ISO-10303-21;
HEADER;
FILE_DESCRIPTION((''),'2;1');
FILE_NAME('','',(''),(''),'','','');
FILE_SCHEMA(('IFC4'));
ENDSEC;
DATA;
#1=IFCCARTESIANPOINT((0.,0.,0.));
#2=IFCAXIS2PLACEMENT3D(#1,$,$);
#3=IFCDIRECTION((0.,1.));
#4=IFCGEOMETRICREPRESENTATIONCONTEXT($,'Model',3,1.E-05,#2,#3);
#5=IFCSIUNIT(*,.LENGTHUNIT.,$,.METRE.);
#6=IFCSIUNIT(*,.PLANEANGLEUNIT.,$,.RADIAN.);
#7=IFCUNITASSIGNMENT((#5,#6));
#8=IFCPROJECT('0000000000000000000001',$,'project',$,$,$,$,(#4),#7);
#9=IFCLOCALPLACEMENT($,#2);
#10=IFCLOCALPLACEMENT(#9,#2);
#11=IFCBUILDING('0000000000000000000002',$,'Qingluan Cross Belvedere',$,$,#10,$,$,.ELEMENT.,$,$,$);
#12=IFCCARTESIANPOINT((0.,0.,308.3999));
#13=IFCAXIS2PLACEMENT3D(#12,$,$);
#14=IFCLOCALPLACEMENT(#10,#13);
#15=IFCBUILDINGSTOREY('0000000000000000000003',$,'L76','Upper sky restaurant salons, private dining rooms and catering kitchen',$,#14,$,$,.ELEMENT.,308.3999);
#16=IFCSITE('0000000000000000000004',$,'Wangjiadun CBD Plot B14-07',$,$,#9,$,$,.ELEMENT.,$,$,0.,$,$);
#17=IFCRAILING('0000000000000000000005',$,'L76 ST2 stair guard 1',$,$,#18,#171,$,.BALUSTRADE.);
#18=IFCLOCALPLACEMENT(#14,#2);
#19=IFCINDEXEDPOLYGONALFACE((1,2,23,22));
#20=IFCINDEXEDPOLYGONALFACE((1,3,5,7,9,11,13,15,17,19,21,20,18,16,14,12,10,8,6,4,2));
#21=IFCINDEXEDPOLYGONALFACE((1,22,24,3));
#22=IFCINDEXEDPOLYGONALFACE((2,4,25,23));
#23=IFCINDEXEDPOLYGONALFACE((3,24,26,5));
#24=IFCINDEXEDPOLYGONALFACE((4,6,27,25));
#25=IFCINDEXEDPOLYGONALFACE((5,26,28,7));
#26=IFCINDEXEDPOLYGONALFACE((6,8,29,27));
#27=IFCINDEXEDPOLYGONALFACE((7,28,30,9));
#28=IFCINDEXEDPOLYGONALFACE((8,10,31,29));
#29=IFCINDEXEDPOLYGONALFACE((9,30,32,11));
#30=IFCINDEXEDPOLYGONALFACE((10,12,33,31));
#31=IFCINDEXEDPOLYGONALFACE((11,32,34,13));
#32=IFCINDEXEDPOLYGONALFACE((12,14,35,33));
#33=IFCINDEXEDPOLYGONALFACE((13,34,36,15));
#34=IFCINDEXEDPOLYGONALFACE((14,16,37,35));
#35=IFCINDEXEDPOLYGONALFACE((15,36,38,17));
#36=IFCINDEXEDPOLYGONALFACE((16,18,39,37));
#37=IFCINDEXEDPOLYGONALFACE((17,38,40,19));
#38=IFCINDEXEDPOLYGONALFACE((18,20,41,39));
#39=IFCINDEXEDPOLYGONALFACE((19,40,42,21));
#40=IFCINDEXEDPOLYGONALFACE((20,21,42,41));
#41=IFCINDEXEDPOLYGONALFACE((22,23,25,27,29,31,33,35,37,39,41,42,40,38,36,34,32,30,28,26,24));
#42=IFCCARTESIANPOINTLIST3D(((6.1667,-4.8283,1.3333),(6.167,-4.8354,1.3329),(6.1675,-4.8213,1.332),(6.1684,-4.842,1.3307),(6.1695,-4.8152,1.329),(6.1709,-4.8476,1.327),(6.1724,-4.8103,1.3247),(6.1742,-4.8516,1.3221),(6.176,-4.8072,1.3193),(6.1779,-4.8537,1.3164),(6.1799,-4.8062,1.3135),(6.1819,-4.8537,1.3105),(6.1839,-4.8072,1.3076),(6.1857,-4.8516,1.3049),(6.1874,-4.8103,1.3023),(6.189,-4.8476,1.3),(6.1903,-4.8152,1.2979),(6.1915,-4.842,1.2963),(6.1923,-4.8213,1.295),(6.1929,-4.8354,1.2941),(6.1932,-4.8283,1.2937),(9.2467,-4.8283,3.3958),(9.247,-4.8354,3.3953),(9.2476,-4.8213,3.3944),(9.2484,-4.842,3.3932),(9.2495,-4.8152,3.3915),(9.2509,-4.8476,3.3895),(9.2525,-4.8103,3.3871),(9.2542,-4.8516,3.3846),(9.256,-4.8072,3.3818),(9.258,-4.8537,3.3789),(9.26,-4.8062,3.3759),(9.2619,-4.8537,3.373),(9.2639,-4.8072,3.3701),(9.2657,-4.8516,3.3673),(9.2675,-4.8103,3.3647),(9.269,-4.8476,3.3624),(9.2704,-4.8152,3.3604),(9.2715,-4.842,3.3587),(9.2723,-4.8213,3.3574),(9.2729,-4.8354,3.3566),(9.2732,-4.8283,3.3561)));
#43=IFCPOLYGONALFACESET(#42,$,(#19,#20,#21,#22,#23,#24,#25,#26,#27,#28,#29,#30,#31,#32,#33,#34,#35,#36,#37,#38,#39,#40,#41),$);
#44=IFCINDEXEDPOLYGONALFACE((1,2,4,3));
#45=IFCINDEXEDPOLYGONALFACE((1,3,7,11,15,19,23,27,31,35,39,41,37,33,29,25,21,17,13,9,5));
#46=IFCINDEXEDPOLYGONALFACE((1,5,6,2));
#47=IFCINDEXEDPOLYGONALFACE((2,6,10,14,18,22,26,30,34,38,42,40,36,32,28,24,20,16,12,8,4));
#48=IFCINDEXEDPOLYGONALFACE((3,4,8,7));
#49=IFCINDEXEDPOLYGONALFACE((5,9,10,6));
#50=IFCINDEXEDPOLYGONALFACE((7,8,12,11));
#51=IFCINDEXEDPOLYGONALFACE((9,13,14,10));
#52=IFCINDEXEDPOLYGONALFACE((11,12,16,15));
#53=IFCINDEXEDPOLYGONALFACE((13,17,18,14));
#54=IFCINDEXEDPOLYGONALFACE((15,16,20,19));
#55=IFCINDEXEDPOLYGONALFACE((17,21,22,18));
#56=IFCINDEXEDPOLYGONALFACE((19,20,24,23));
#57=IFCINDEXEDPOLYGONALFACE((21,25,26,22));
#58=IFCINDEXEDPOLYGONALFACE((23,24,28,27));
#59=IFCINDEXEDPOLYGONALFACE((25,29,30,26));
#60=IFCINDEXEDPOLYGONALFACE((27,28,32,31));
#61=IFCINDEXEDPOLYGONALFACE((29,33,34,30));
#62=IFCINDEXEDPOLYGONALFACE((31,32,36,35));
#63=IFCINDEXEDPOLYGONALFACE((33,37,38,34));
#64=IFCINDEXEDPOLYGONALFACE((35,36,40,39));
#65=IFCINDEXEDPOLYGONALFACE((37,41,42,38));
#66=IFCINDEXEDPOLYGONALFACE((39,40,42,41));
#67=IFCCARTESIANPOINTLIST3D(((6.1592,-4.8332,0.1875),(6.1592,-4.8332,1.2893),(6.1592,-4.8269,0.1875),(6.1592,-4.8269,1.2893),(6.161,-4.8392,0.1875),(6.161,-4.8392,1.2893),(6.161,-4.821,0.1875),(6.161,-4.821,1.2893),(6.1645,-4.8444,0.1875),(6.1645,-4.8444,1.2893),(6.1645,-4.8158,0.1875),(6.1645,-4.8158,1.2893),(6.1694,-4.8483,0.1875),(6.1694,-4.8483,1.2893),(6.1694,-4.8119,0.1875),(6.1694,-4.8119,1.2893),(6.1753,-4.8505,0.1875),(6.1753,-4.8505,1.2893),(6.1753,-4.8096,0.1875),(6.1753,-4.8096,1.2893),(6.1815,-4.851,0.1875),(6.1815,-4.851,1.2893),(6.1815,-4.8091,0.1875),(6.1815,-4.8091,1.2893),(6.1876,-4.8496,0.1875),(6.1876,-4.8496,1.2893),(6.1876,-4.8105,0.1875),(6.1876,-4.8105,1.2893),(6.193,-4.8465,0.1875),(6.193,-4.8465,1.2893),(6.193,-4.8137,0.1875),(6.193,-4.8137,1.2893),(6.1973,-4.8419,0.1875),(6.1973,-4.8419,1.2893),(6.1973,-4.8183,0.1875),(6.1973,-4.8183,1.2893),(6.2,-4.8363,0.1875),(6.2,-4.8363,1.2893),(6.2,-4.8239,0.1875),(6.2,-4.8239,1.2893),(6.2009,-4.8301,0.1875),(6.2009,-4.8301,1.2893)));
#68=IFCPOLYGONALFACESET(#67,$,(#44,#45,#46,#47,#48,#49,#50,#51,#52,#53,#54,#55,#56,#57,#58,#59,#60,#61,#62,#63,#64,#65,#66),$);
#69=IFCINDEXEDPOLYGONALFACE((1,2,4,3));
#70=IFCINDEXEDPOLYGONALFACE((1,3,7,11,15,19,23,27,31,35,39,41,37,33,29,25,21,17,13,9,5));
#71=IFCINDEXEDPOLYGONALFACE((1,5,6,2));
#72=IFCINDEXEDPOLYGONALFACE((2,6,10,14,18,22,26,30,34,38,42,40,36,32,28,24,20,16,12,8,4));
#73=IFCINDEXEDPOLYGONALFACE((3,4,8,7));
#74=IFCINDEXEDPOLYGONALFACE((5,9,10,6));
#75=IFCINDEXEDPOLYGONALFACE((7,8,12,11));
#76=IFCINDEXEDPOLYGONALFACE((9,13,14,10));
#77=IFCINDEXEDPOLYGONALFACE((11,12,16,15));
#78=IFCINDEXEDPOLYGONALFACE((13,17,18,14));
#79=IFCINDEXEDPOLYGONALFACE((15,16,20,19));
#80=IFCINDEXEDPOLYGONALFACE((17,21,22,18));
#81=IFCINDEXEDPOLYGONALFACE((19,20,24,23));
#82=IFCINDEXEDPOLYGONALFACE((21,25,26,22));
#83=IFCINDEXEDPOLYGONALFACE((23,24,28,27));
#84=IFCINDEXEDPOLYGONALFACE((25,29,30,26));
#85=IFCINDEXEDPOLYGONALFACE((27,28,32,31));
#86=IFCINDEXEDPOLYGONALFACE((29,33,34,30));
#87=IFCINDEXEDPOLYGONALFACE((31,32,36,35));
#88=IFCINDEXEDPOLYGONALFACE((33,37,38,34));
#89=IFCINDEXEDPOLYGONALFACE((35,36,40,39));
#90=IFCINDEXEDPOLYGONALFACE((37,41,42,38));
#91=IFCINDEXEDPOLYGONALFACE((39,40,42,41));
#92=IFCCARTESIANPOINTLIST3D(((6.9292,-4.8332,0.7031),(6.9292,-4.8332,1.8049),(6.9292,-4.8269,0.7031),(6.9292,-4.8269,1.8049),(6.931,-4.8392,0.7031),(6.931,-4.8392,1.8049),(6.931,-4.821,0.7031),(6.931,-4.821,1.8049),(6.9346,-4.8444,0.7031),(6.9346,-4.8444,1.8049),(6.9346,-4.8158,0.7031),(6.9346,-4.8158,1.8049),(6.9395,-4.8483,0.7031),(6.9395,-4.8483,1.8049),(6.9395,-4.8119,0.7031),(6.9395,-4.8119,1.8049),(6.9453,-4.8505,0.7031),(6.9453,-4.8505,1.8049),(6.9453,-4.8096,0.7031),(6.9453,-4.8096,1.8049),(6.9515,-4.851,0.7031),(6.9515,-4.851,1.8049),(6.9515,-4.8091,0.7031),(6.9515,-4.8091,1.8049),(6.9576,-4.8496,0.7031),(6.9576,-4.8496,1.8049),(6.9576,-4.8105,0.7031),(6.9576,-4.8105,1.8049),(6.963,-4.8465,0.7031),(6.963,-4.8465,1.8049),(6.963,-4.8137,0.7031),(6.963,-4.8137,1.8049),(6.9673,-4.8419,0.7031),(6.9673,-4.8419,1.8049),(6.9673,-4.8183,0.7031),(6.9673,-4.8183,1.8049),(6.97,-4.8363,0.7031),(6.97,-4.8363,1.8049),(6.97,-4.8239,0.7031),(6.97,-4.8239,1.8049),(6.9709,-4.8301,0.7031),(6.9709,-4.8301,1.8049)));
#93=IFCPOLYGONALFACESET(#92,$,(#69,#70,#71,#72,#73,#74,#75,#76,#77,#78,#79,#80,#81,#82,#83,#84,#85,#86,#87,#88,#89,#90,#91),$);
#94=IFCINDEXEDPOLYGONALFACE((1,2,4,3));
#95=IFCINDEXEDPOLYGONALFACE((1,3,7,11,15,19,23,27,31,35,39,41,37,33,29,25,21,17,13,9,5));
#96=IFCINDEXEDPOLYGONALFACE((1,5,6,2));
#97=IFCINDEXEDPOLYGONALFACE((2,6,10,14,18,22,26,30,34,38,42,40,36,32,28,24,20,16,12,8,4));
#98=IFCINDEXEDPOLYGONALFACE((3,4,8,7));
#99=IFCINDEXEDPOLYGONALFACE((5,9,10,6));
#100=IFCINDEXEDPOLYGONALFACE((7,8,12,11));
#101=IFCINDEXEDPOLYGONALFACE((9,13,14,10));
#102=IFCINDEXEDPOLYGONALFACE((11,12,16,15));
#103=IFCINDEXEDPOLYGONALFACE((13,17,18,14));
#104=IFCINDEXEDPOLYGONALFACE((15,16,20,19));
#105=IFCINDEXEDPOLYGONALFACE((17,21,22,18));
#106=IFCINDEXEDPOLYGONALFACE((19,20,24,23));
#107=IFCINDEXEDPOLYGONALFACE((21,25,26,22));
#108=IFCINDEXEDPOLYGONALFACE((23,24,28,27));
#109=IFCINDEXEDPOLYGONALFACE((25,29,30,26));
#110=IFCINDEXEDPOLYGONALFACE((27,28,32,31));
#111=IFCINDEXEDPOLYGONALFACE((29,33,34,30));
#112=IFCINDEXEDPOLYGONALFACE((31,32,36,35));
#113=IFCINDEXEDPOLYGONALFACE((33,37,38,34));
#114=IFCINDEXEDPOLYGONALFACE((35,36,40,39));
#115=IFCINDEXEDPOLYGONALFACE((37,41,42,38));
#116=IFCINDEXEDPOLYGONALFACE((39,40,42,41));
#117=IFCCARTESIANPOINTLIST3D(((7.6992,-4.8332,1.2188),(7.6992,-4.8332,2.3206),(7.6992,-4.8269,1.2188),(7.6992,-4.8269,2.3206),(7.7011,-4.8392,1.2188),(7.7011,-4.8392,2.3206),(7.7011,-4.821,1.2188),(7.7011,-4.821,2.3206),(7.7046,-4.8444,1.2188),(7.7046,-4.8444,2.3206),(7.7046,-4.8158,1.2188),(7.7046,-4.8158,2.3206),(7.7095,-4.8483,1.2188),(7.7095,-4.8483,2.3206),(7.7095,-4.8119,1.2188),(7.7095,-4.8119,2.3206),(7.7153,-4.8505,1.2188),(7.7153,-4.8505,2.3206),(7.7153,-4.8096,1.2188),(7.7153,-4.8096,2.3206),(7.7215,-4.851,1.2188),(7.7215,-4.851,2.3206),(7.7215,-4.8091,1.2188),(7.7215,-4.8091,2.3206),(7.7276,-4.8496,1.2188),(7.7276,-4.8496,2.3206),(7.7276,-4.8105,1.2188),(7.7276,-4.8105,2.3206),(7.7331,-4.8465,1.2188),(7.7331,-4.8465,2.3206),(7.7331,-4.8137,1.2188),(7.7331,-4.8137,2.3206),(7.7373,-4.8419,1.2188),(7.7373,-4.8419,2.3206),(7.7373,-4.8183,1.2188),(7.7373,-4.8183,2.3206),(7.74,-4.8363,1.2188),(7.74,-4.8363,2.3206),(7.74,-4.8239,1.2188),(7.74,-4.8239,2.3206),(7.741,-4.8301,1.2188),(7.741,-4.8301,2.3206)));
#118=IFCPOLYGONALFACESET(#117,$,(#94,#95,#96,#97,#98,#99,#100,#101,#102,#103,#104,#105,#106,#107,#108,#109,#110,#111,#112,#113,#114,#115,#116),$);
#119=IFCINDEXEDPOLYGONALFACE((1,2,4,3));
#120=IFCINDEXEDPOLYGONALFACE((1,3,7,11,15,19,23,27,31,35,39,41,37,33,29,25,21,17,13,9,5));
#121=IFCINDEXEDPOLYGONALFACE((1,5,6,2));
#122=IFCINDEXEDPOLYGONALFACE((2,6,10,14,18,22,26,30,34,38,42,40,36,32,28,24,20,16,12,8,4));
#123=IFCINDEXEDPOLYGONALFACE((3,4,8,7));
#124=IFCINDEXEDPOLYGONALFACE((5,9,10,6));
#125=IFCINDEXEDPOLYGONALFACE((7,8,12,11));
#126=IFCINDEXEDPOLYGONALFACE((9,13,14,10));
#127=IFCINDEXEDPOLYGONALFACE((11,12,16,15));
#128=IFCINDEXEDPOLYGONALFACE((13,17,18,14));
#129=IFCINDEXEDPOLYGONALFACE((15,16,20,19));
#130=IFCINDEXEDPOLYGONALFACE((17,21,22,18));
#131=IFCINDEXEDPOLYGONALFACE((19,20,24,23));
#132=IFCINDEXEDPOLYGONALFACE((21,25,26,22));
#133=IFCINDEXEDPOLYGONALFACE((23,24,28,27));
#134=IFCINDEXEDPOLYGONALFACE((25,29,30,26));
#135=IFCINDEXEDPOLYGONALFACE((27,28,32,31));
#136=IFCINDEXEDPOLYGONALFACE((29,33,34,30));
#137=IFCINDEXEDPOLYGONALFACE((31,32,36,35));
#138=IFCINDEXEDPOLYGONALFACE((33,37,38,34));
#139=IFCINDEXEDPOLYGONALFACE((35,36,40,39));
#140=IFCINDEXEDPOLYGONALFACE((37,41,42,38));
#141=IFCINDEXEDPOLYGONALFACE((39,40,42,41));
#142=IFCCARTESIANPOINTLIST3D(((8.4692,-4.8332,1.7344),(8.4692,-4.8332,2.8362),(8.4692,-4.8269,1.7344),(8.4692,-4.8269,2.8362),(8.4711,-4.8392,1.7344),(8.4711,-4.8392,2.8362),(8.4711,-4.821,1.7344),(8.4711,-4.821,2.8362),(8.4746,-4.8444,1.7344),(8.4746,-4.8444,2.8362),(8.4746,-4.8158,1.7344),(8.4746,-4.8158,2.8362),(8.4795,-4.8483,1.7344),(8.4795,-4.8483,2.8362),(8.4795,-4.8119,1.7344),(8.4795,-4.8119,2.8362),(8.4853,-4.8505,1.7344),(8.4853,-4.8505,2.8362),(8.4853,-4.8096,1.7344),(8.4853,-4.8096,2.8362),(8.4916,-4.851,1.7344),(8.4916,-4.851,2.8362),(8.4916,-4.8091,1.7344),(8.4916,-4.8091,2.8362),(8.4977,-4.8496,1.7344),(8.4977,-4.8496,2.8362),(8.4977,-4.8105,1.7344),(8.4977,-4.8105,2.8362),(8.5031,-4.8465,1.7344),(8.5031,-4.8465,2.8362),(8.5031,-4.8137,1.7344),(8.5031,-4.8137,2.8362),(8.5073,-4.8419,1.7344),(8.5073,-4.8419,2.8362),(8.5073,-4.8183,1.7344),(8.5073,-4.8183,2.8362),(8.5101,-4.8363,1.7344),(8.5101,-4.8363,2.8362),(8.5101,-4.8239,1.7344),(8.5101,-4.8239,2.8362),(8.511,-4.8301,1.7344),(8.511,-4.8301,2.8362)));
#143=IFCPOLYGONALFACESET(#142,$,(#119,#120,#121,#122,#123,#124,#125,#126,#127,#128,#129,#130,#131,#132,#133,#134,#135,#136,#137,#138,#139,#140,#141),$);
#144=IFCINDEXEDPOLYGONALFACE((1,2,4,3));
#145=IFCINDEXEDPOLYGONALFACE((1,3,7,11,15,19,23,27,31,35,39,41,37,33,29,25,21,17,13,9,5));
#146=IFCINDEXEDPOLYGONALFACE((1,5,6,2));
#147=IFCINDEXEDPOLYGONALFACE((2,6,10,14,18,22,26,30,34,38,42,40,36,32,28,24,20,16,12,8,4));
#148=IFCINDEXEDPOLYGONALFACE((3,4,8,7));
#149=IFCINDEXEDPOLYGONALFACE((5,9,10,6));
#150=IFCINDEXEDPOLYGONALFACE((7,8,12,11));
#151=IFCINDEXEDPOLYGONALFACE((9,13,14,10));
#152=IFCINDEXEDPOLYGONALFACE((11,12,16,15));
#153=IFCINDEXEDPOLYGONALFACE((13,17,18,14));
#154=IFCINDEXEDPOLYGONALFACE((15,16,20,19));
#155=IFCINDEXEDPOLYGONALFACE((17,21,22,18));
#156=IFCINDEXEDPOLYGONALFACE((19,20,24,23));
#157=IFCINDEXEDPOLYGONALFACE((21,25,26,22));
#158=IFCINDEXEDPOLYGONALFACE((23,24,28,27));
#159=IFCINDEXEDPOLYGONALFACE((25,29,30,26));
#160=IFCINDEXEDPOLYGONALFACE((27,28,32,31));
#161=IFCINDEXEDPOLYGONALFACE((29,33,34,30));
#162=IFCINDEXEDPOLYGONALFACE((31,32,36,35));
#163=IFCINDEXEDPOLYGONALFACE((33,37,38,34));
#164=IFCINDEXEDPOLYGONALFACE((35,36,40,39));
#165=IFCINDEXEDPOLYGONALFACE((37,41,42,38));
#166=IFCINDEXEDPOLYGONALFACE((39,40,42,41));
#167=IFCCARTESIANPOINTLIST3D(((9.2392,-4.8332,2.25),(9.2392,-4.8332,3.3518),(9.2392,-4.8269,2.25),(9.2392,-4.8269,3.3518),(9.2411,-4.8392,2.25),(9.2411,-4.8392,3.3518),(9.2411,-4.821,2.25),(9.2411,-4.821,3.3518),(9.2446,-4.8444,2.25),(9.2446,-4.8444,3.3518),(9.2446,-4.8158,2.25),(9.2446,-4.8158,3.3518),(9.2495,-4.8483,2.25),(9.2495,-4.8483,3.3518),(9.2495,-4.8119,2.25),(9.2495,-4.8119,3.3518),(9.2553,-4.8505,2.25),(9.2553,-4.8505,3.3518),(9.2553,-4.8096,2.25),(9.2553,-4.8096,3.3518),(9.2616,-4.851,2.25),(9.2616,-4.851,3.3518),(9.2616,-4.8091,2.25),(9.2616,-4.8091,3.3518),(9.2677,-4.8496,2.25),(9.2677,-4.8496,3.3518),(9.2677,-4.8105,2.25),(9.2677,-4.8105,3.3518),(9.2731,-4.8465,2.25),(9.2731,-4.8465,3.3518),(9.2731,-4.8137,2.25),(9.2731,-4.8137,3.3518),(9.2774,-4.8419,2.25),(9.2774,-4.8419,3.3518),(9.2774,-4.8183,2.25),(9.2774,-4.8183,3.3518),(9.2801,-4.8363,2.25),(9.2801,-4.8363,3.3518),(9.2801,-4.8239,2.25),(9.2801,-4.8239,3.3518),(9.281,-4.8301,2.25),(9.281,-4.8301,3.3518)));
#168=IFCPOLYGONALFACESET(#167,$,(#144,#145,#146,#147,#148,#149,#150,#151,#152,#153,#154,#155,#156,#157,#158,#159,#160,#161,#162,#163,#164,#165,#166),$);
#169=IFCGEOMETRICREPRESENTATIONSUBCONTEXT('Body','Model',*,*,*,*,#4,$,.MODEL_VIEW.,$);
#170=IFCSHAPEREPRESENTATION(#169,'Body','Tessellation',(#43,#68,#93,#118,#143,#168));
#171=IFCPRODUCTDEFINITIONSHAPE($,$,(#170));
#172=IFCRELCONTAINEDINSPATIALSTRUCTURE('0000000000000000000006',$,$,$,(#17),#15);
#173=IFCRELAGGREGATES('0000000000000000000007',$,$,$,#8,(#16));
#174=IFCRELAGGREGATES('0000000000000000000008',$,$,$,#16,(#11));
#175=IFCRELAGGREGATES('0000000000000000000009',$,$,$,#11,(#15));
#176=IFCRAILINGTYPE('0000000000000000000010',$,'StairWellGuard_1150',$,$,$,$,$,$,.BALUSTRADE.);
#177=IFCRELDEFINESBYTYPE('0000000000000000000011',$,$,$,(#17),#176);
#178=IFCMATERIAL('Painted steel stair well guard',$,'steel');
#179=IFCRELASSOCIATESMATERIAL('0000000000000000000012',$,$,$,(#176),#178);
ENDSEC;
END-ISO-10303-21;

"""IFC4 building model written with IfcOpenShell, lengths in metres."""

from ifc_helpers import new_model, si_unit, direction, frame, origin, origin_2d, place, context, subcontext, project, spatial, circle, extrude, material, type_object, element, save


model = new_model("IFC4")

# Units and contexts
model_context = context("Model", 3, precision=1e-05, world=origin(), true_north=direction((0.0, 1.0)))
body_context = subcontext(model_context, "Body", "Model", "MODEL_VIEW")
ifc_project = project(units=[si_unit("LENGTHUNIT", "METRE"), si_unit("PLANEANGLEUNIT", "RADIAN")], contexts=[model_context])

# Site, building, storey
site_placement = place(None, origin())
site = spatial("IfcSite", under=ifc_project, at=site_placement, Name="Wangjiadun CBD Plot B14-07", CompositionType="ELEMENT", RefElevation=0.0)
building_placement = place(site_placement, origin())
building = spatial("IfcBuilding", under=site, at=building_placement, Name="Qingluan Cross Belvedere", CompositionType="ELEMENT")
storey_placement = place(building_placement, frame((0.0, 0.0, 308.3999)))
storey = spatial("IfcBuildingStorey", under=building, at=storey_placement, Name="L76", Description="Upper sky restaurant salons, private dining rooms and catering kitchen", CompositionType="ELEMENT", Elevation=308.3999)

# Railing
ifc_material_1 = material(Name="Painted steel stair well guard", Category="steel")
railing_type_1 = type_object("IfcRailingType", Name="StairWellGuard_1150", PredefinedType="BALUSTRADE", material=ifc_material_1)
railing_1_placement = place(storey_placement, frame((6.1799, -4.8301, 0.1875)))
element("IfcRailing", 1, at=railing_1_placement, inside=storey, type_object=railing_type_1, Name="L76 ST2 stair guard 1", PredefinedType="BALUSTRADE", context=body_context, shape_type="SweptSolid", body=[
    extrude(circle(Radius=0.0239, at=origin_2d()), frame((0.0, 0.0, 1.126), z_axis=(0.830914, 0.0, 0.556401), x_axis=(0.0, 1.0, 0.0)), (0.0, 0.0, 1.0), 3.7068),
    extrude(circle(Radius=0.021, at=origin_2d()), origin(), (0.0, 0.0, 1.0), 1.1018),
    extrude(circle(Radius=0.021, at=origin_2d()), frame((0.77, 0.0, 0.5156)), (0.0, 0.0, 1.0), 1.1018),
    extrude(circle(Radius=0.021, at=origin_2d()), frame((1.54, 0.0, 1.0312)), (0.0, 0.0, 1.0), 1.1018),
    extrude(circle(Radius=0.021, at=origin_2d()), frame((2.3101, 0.0, 1.5469)), (0.0, 0.0, 1.0), 1.1018),
    extrude(circle(Radius=0.021, at=origin_2d()), frame((3.0801, 0.0, 2.0625)), (0.0, 0.0, 1.0), 1.1018),
])

save(model, "model.ifc")
